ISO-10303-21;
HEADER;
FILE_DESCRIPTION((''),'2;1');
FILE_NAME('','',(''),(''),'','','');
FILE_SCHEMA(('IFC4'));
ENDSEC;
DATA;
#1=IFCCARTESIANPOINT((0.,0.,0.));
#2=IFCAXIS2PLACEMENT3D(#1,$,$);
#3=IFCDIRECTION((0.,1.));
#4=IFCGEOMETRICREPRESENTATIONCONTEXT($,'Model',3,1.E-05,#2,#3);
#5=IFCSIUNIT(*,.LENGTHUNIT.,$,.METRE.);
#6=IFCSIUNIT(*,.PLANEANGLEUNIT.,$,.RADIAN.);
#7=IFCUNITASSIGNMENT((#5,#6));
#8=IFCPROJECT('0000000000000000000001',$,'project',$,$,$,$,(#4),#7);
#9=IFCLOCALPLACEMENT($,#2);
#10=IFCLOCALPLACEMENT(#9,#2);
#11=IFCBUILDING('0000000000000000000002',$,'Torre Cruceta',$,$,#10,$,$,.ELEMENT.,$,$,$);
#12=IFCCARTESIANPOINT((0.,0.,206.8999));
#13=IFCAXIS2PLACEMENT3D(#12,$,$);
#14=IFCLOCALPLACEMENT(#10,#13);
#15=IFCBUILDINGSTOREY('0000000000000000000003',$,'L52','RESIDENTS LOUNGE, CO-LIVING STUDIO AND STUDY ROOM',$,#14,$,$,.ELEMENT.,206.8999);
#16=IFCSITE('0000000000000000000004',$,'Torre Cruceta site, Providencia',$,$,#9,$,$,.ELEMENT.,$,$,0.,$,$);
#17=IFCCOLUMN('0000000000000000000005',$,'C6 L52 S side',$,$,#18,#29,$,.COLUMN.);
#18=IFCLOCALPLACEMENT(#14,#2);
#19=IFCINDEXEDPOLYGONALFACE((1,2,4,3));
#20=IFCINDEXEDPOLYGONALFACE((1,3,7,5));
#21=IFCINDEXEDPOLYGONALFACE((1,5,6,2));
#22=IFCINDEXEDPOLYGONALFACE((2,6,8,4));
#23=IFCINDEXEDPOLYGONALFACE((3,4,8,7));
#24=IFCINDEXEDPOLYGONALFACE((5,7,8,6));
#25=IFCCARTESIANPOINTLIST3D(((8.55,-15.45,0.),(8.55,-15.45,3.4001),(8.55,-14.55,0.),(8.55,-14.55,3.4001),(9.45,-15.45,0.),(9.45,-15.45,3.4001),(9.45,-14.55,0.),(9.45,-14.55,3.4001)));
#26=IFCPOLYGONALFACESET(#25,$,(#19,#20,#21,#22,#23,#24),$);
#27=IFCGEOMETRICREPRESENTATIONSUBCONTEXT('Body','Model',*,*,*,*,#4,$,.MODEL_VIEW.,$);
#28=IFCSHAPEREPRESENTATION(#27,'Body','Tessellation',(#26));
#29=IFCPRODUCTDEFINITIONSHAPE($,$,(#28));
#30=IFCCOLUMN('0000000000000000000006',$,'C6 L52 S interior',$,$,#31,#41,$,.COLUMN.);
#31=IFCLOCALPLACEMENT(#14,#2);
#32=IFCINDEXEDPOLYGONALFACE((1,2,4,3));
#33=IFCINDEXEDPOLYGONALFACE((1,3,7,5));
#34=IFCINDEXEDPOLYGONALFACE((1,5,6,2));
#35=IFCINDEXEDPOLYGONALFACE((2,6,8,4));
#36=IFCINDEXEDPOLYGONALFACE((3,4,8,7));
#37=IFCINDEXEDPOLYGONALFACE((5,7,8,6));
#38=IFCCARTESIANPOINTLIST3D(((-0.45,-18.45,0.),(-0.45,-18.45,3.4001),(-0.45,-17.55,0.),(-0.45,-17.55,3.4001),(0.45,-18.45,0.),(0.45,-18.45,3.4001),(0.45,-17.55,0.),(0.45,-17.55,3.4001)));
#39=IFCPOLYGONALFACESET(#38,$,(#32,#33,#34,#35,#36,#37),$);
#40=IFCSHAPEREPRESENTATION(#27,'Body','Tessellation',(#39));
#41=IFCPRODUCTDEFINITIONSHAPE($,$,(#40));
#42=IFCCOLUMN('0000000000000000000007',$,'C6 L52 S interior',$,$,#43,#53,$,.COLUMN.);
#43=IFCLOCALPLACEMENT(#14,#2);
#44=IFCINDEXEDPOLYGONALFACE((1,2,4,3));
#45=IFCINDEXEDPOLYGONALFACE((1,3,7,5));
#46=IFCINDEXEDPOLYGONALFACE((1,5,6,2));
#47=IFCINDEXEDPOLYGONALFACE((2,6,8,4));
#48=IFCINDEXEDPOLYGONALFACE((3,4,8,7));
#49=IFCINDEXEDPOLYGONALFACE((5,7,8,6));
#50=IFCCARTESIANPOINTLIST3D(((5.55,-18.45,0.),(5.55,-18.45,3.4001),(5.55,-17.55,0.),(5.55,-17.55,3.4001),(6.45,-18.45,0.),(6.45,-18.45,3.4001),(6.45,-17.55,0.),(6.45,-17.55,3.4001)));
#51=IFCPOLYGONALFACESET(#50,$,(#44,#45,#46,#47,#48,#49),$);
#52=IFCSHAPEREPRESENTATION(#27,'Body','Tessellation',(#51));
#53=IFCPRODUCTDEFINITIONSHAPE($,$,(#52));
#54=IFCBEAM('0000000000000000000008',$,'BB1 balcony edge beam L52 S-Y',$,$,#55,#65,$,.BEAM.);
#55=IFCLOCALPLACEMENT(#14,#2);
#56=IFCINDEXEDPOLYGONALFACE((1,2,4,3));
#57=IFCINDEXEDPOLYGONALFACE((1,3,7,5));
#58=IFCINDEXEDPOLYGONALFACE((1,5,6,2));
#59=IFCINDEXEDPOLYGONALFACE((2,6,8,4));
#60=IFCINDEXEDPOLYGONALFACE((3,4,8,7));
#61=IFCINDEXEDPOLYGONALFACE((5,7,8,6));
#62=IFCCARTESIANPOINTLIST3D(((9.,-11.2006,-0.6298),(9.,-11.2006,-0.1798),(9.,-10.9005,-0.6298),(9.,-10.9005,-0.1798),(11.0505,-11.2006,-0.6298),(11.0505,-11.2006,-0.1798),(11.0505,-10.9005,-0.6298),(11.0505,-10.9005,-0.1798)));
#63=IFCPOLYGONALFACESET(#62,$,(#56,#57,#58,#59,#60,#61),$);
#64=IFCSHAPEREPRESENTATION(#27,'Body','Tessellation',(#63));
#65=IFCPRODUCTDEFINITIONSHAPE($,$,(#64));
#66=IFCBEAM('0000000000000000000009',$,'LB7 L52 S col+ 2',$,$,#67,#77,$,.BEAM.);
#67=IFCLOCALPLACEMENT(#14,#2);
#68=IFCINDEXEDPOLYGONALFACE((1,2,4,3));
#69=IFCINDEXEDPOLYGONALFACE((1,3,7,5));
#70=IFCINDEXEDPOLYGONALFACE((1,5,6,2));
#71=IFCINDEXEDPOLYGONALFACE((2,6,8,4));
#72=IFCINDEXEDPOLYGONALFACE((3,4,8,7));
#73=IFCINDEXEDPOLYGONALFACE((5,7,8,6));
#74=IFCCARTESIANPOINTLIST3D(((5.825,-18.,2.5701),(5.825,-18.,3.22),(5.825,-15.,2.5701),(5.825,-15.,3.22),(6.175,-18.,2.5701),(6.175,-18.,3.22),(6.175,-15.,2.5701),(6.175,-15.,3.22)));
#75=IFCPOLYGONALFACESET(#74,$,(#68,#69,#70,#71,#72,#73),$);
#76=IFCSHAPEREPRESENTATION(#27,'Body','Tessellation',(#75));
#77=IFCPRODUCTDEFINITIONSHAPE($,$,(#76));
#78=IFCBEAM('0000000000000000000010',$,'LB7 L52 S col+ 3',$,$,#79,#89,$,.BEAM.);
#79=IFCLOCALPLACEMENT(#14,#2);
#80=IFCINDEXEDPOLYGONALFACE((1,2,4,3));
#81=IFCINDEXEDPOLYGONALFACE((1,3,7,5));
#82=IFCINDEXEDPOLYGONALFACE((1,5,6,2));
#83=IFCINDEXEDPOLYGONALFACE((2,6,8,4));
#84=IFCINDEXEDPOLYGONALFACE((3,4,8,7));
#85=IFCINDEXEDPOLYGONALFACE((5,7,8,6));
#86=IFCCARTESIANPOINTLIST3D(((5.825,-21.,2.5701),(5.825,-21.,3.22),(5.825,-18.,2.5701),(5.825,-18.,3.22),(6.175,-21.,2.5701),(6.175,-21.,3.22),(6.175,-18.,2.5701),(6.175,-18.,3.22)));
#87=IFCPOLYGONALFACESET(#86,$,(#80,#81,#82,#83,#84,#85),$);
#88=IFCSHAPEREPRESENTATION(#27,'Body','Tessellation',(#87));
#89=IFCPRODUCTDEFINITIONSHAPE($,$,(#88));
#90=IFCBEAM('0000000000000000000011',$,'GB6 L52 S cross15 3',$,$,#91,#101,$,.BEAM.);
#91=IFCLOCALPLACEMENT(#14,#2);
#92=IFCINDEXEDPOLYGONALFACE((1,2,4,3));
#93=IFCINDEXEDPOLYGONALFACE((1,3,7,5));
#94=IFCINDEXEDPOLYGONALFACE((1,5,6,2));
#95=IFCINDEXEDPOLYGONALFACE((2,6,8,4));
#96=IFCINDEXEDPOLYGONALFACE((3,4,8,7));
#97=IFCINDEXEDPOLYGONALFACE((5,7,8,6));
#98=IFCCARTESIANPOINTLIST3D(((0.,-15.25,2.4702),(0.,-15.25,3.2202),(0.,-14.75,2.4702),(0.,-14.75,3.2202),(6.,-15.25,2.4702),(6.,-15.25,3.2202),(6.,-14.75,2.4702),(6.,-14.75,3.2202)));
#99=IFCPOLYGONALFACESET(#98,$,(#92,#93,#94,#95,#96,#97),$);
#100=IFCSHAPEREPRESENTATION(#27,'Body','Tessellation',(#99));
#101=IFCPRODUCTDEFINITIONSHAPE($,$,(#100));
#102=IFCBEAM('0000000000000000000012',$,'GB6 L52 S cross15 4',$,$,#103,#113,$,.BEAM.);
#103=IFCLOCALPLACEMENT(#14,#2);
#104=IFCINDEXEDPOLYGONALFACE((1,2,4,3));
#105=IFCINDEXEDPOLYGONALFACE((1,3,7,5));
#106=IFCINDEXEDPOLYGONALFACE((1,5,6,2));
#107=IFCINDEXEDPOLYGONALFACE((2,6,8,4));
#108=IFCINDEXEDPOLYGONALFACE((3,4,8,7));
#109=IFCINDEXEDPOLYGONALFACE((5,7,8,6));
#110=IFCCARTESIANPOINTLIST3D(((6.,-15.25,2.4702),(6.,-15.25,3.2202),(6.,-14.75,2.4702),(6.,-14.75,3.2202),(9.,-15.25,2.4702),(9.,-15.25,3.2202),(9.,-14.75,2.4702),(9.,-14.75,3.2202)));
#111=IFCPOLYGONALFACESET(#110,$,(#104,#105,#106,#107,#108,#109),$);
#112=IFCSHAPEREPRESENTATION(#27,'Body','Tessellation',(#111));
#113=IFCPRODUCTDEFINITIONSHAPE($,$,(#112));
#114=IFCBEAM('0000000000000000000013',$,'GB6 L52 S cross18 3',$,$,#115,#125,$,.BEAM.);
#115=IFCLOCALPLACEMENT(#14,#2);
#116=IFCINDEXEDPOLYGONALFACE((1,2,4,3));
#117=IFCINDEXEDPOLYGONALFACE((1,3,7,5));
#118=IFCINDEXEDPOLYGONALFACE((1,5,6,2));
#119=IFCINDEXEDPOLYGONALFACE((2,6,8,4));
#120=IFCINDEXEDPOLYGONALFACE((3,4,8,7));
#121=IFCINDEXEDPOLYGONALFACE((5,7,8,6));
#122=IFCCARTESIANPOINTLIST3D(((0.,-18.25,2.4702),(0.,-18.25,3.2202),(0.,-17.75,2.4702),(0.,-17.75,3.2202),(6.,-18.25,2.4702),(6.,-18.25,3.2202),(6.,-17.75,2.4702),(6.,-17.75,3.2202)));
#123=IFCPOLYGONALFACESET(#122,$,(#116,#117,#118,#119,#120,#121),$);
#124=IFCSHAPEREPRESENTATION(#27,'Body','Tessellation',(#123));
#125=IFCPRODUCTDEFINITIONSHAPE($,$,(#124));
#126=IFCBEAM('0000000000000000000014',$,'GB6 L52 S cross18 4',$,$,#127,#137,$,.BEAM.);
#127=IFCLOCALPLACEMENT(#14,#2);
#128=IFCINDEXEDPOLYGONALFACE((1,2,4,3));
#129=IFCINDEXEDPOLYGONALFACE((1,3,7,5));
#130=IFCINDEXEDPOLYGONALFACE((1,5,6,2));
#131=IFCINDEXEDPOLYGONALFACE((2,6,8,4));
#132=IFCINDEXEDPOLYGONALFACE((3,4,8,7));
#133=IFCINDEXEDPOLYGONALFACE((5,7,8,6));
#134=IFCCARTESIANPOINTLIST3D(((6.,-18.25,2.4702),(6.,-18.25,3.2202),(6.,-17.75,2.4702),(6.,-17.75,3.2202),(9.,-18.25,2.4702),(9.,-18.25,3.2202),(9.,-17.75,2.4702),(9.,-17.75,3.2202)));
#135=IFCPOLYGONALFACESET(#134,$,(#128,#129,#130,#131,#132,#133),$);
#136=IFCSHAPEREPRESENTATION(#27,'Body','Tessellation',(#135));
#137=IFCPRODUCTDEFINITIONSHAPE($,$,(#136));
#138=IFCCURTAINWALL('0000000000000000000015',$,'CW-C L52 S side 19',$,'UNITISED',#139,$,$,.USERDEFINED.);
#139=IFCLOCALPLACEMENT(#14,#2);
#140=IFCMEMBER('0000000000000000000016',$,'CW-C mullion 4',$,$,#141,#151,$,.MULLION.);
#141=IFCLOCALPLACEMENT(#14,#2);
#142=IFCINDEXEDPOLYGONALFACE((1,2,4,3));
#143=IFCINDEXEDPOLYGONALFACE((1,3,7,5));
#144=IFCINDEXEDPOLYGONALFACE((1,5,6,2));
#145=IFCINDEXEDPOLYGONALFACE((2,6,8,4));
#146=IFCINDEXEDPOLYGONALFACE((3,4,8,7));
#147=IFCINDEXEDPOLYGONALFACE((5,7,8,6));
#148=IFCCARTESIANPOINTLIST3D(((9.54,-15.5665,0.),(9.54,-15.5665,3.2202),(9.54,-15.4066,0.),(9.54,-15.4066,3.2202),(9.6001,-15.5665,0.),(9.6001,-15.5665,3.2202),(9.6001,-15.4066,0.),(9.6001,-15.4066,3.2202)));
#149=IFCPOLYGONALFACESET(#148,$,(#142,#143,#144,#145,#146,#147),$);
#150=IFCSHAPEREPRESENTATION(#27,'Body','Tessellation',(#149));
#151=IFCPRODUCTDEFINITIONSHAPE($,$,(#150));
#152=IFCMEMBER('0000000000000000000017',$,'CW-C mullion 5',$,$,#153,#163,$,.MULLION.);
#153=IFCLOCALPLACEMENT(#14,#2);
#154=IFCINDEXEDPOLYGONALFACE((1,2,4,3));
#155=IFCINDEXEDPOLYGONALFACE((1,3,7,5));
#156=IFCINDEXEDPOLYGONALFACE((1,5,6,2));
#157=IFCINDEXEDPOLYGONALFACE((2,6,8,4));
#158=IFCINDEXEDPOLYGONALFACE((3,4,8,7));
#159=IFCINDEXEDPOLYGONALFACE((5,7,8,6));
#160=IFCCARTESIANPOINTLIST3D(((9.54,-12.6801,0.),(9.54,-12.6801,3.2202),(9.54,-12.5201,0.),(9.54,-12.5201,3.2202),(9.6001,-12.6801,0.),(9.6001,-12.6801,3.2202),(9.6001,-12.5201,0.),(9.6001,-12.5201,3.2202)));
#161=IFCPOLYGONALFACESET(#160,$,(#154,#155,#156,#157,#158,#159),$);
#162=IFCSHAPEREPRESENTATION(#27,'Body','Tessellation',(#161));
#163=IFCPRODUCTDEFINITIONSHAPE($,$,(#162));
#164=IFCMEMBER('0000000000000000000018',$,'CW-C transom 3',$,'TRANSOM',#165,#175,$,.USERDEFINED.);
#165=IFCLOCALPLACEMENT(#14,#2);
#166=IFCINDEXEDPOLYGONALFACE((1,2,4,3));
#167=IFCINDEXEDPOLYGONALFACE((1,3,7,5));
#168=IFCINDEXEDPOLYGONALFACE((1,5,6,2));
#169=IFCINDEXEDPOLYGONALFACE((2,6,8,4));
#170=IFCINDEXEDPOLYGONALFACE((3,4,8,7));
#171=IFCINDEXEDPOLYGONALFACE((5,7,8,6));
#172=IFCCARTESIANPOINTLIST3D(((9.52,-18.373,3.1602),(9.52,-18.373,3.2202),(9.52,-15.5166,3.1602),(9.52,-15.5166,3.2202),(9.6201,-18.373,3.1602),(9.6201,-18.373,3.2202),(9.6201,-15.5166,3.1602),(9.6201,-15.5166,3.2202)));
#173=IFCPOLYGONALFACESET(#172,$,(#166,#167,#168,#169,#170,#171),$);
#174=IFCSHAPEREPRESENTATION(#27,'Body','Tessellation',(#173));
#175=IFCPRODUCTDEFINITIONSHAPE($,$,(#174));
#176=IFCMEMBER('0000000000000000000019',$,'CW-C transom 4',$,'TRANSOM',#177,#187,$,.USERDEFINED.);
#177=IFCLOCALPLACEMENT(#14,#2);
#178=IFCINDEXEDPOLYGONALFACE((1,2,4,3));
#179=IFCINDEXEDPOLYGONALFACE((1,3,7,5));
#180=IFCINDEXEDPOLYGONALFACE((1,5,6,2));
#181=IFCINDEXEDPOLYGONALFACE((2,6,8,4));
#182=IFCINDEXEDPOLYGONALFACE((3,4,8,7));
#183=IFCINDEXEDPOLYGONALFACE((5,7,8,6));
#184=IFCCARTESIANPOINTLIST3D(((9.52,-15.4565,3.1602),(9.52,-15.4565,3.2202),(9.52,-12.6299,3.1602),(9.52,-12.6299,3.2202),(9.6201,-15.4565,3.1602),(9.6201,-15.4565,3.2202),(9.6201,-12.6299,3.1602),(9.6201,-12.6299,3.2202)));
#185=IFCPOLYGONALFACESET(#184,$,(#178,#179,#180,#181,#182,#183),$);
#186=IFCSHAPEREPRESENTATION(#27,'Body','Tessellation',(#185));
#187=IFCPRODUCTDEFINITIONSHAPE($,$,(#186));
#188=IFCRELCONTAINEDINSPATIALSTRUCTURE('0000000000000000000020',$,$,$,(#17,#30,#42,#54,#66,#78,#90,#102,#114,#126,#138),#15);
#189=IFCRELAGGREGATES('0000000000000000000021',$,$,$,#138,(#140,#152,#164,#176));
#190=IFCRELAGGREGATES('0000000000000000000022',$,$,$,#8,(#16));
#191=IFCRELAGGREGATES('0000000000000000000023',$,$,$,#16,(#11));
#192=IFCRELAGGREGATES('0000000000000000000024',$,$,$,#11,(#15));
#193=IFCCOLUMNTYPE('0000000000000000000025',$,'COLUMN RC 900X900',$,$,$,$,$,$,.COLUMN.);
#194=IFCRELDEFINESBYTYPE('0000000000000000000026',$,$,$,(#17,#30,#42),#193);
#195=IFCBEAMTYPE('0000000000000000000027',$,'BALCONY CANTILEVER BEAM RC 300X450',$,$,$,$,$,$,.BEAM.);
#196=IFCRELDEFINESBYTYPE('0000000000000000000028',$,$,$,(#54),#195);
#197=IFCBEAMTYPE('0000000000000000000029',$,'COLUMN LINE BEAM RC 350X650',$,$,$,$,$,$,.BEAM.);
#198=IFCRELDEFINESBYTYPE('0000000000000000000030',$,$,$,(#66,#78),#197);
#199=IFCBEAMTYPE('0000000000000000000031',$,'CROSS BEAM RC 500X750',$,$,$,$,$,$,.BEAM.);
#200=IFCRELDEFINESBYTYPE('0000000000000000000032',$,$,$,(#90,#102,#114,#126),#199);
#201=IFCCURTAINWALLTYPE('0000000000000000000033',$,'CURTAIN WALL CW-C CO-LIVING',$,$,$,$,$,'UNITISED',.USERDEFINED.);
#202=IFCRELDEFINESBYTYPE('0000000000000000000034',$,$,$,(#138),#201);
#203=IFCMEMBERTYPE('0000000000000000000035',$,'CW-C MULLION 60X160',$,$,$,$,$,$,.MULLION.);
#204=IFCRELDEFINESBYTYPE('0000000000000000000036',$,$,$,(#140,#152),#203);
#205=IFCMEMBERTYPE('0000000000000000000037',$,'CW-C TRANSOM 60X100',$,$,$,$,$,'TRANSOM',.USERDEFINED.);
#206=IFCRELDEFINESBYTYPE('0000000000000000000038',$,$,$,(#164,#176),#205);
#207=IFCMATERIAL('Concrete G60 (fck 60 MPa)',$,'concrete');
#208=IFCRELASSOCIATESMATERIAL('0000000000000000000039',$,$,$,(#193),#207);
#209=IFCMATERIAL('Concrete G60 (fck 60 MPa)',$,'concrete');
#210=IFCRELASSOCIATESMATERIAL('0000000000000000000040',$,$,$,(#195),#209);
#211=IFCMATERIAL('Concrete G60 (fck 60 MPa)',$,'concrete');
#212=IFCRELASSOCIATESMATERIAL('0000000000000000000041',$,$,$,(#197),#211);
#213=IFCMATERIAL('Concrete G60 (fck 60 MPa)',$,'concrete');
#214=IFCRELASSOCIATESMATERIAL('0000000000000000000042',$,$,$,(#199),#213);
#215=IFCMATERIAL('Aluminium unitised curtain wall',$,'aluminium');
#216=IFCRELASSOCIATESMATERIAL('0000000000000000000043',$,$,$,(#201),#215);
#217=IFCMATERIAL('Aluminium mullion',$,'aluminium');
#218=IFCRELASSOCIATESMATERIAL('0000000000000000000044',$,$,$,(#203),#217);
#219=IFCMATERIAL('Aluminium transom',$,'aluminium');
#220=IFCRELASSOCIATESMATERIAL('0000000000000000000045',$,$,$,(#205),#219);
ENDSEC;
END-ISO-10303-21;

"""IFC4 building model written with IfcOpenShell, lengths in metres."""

from ifc_helpers import new_model, si_unit, direction, frame, origin, origin_2d, place, context, subcontext, project, spatial, rectangle, extrude, material, material_profile, profile_set, type_object, element, aggregate, save


model = new_model("IFC4")

# Units and contexts
model_context = context("Model", 3, precision=1e-05, world=origin(), true_north=direction((0.0, 1.0)))
body_context = subcontext(model_context, "Body", "Model", "MODEL_VIEW")
ifc_project = project(units=[si_unit("LENGTHUNIT", "METRE"), si_unit("PLANEANGLEUNIT", "RADIAN")], contexts=[model_context])

# Site, building, storey
site_placement = place(None, origin())
site = spatial("IfcSite", under=ifc_project, at=site_placement, Name="Torre Cruceta site, Providencia", CompositionType="ELEMENT", RefElevation=0.0)
building_placement = place(site_placement, origin())
building = spatial("IfcBuilding", under=site, at=building_placement, Name="Torre Cruceta", CompositionType="ELEMENT")
storey_placement = place(building_placement, frame((0.0, 0.0, 206.8999)))
storey = spatial("IfcBuildingStorey", under=building, at=storey_placement, Name="L52", Description="RESIDENTS LOUNGE, CO-LIVING STUDIO AND STUDY ROOM", CompositionType="ELEMENT", Elevation=206.8999)

# Columns
ifc_material_1 = material(Name="Concrete G60 (fck 60 MPa)", Category="concrete")
ifc_material_profile_1 = material_profile(ifc_material_1, rectangle(XDim=0.8999, YDim=0.8999, at=origin_2d()), Name="RC 900X900")
ifc_profile_set_1 = profile_set([ifc_material_profile_1], Name="Concrete G60 (fck 60 MPa)")
column_type = type_object("IfcColumnType", Name="COLUMN RC 900X900", PredefinedType="COLUMN", material=ifc_profile_set_1)
for number, where, z_axis, x_axis, name in (
    (1, (9.0, -15.0, 0.0), (0.0, 0.0, 1.0), (1.0, 0.0, 0.0), "C6 L52 S side"),
    (2, (0.0, -18.0, 0.0), (0.0, 0.0, 1.0), (1.0, 0.0, 0.0), "C6 L52 S interior"),
    (3, (6.0, -18.0, 0.0), (0.0, 0.0, 1.0), (1.0, 0.0, 0.0), "C6 L52 S interior"),
):
    element("IfcColumn", number, at=place(storey_placement, frame(where, z_axis=z_axis, x_axis=x_axis)), inside=storey, type_object=column_type, Name=name, PredefinedType="COLUMN", context=body_context, shape_type="SweptSolid", body=[
        extrude(rectangle(XDim=0.8999, YDim=0.8999, at=origin_2d()), origin(), (0.0, 0.0, 1.0), 3.4001),
    ])

# Beams
ifc_material_2 = material(Name="Concrete G60 (fck 60 MPa)", Category="concrete")
ifc_material_profile_2 = material_profile(ifc_material_2, rectangle(XDim=0.3, YDim=0.45, at=origin_2d()), Name="RC 300X450")
ifc_profile_set_2 = profile_set([ifc_material_profile_2], Name="Concrete G60 (fck 60 MPa)")
beam_type_1 = type_object("IfcBeamType", Name="BALCONY CANTILEVER BEAM RC 300X450", PredefinedType="BEAM", material=ifc_profile_set_2)
beam_1_placement = place(storey_placement, frame((9.0, -11.0505, -0.4048), z_axis=(1.0, 0.0, 0.0), x_axis=(0.0, 1.0, 0.0)))
element("IfcBeam", 4, at=beam_1_placement, inside=storey, type_object=beam_type_1, Name="BB1 balcony edge beam L52 S-Y", PredefinedType="BEAM", context=body_context, shape_type="SweptSolid", body=[
    extrude(rectangle(XDim=0.3, YDim=0.45, at=origin_2d()), origin(), (0.0, 0.0, 1.0), 2.0505),
])
ifc_material_3 = material(Name="Concrete G60 (fck 60 MPa)", Category="concrete")
ifc_material_profile_3 = material_profile(ifc_material_3, rectangle(XDim=0.3501, YDim=0.6499, at=origin_2d()), Name="RC 350X650")
ifc_profile_set_3 = profile_set([ifc_material_profile_3], Name="Concrete G60 (fck 60 MPa)")
beam_type_2 = type_object("IfcBeamType", Name="COLUMN LINE BEAM RC 350X650", PredefinedType="BEAM", material=ifc_profile_set_3)
for number, where, z_axis, x_axis, name in (
    (5, (6.0, -15.0, 2.895), (0.0, -1.0, 0.0), (1.0, 0.0, 0.0), "LB7 L52 S col+ 2"),
    (6, (6.0, -18.0, 2.895), (0.0, -1.0, 0.0), (1.0, 0.0, 0.0), "LB7 L52 S col+ 3"),
):
    element("IfcBeam", number, at=place(storey_placement, frame(where, z_axis=z_axis, x_axis=x_axis)), inside=storey, type_object=beam_type_2, Name=name, PredefinedType="BEAM", context=body_context, shape_type="SweptSolid", body=[
        extrude(rectangle(XDim=0.3501, YDim=0.6499, at=origin_2d()), origin(), (0.0, 0.0, 1.0), 3.0),
    ])
ifc_material_4 = material(Name="Concrete G60 (fck 60 MPa)", Category="concrete")
ifc_material_profile_4 = material_profile(ifc_material_4, rectangle(XDim=0.5, YDim=0.75, at=origin_2d()), Name="RC 500X750")
ifc_profile_set_4 = profile_set([ifc_material_profile_4], Name="Concrete G60 (fck 60 MPa)")
beam_type_3 = type_object("IfcBeamType", Name="CROSS BEAM RC 500X750", PredefinedType="BEAM", material=ifc_profile_set_4)
beam_2_placement = place(storey_placement, frame((0.0, -15.0, 2.8452), z_axis=(1.0, 0.0, 0.0), x_axis=(0.0, 1.0, 0.0)))
element("IfcBeam", 7, at=beam_2_placement, inside=storey, type_object=beam_type_3, Name="GB6 L52 S cross15 3", PredefinedType="BEAM", context=body_context, shape_type="SweptSolid", body=[
    extrude(rectangle(XDim=0.5, YDim=0.75, at=origin_2d()), origin(), (0.0, 0.0, 1.0), 6.0),
])
beam_3_placement = place(storey_placement, frame((6.0, -15.0, 2.8452), z_axis=(1.0, 0.0, 0.0), x_axis=(0.0, 1.0, 0.0)))
element("IfcBeam", 8, at=beam_3_placement, inside=storey, type_object=beam_type_3, Name="GB6 L52 S cross15 4", PredefinedType="BEAM", context=body_context, shape_type="SweptSolid", body=[
    extrude(rectangle(XDim=0.5, YDim=0.75, at=origin_2d()), origin(), (0.0, 0.0, 1.0), 3.0),
])
beam_4_placement = place(storey_placement, frame((0.0, -18.0, 2.8452), z_axis=(1.0, 0.0, 0.0), x_axis=(0.0, 1.0, 0.0)))
element("IfcBeam", 9, at=beam_4_placement, inside=storey, type_object=beam_type_3, Name="GB6 L52 S cross18 3", PredefinedType="BEAM", context=body_context, shape_type="SweptSolid", body=[
    extrude(rectangle(XDim=0.5, YDim=0.75, at=origin_2d()), origin(), (0.0, 0.0, 1.0), 6.0),
])
beam_5_placement = place(storey_placement, frame((6.0, -18.0, 2.8452), z_axis=(1.0, 0.0, 0.0), x_axis=(0.0, 1.0, 0.0)))
element("IfcBeam", 10, at=beam_5_placement, inside=storey, type_object=beam_type_3, Name="GB6 L52 S cross18 4", PredefinedType="BEAM", context=body_context, shape_type="SweptSolid", body=[
    extrude(rectangle(XDim=0.5, YDim=0.75, at=origin_2d()), origin(), (0.0, 0.0, 1.0), 3.0),
])

# Curtain wall, members
ifc_material_5 = material(Name="Aluminium unitised curtain wall", Category="aluminium")
curtain_wall_type = type_object("IfcCurtainWallType", Name="CURTAIN WALL CW-C CO-LIVING", ElementType="UNITISED", PredefinedType="USERDEFINED", material=ifc_material_5)
curtain_wall_placement = place(storey_placement, origin())
curtain_wall = element("IfcCurtainWall", 11, at=curtain_wall_placement, inside=storey, type_object=curtain_wall_type, Name="CW-C L52 S side 19", ObjectType="UNITISED", PredefinedType="USERDEFINED")
ifc_material_6 = material(Name="Aluminium mullion", Category="aluminium")
ifc_material_profile_5 = material_profile(ifc_material_6, rectangle(XDim=0.0601, YDim=0.1599, at=origin_2d()), Name="AL 60X160")
ifc_profile_set_5 = profile_set([ifc_material_profile_5], Name="Aluminium mullion")
member_type_1 = type_object("IfcMemberType", Name="CW-C MULLION 60X160", PredefinedType="MULLION", material=ifc_profile_set_5)
member_1_placement = place(storey_placement, frame((9.5701, -15.4866, 0.0), z_axis=(0.0, 0.0, 1.0), x_axis=(-1.0, 0.0, 0.0)))
member_1 = element("IfcMember", 12, at=member_1_placement, type_object=member_type_1, Name="CW-C mullion 4", PredefinedType="MULLION", context=body_context, shape_type="SweptSolid", body=[
    extrude(rectangle(XDim=0.0601, YDim=0.1599, at=origin_2d()), origin(), (0.0, 0.0, 1.0), 3.2202),
])
member_2_placement = place(storey_placement, frame((9.5701, -12.6001, 0.0), z_axis=(0.0, 0.0, 1.0), x_axis=(-1.0, 0.0, 0.0)))
member_2 = element("IfcMember", 13, at=member_2_placement, type_object=member_type_1, Name="CW-C mullion 5", PredefinedType="MULLION", context=body_context, shape_type="SweptSolid", body=[
    extrude(rectangle(XDim=0.0601, YDim=0.1599, at=origin_2d()), origin(), (0.0, 0.0, 1.0), 3.2202),
])
ifc_material_7 = material(Name="Aluminium transom", Category="aluminium")
ifc_material_profile_6 = material_profile(ifc_material_7, rectangle(XDim=0.1001, YDim=0.0601, at=origin_2d()), Name="AL 100X60")
ifc_profile_set_6 = profile_set([ifc_material_profile_6], Name="Aluminium transom")
member_type_2 = type_object("IfcMemberType", Name="CW-C TRANSOM 60X100", ElementType="TRANSOM", PredefinedType="USERDEFINED", material=ifc_profile_set_6)
member_3_placement = place(storey_placement, frame((9.5701, -18.373, 3.1902), z_axis=(0.0, 1.0, 0.0), x_axis=(-1.0, 0.0, 0.0)))
member_3 = element("IfcMember", 14, at=member_3_placement, type_object=member_type_2, Name="CW-C transom 3", ObjectType="TRANSOM", PredefinedType="USERDEFINED", context=body_context, shape_type="SweptSolid", body=[
    extrude(rectangle(XDim=0.1001, YDim=0.0601, at=origin_2d()), origin(), (0.0, 0.0, 1.0), 2.8564),
])
member_4_placement = place(storey_placement, frame((9.5701, -15.4565, 3.1902), z_axis=(0.0, 1.0, 0.0), x_axis=(-1.0, 0.0, 0.0)))
member_4 = element("IfcMember", 15, at=member_4_placement, type_object=member_type_2, Name="CW-C transom 4", ObjectType="TRANSOM", PredefinedType="USERDEFINED", context=body_context, shape_type="SweptSolid", body=[
    extrude(rectangle(XDim=0.1001, YDim=0.0601, at=origin_2d()), origin(), (0.0, 0.0, 1.0), 2.8267),
])

aggregate(curtain_wall, [member_1, member_2, member_3, member_4])

save(model, "model.ifc")
